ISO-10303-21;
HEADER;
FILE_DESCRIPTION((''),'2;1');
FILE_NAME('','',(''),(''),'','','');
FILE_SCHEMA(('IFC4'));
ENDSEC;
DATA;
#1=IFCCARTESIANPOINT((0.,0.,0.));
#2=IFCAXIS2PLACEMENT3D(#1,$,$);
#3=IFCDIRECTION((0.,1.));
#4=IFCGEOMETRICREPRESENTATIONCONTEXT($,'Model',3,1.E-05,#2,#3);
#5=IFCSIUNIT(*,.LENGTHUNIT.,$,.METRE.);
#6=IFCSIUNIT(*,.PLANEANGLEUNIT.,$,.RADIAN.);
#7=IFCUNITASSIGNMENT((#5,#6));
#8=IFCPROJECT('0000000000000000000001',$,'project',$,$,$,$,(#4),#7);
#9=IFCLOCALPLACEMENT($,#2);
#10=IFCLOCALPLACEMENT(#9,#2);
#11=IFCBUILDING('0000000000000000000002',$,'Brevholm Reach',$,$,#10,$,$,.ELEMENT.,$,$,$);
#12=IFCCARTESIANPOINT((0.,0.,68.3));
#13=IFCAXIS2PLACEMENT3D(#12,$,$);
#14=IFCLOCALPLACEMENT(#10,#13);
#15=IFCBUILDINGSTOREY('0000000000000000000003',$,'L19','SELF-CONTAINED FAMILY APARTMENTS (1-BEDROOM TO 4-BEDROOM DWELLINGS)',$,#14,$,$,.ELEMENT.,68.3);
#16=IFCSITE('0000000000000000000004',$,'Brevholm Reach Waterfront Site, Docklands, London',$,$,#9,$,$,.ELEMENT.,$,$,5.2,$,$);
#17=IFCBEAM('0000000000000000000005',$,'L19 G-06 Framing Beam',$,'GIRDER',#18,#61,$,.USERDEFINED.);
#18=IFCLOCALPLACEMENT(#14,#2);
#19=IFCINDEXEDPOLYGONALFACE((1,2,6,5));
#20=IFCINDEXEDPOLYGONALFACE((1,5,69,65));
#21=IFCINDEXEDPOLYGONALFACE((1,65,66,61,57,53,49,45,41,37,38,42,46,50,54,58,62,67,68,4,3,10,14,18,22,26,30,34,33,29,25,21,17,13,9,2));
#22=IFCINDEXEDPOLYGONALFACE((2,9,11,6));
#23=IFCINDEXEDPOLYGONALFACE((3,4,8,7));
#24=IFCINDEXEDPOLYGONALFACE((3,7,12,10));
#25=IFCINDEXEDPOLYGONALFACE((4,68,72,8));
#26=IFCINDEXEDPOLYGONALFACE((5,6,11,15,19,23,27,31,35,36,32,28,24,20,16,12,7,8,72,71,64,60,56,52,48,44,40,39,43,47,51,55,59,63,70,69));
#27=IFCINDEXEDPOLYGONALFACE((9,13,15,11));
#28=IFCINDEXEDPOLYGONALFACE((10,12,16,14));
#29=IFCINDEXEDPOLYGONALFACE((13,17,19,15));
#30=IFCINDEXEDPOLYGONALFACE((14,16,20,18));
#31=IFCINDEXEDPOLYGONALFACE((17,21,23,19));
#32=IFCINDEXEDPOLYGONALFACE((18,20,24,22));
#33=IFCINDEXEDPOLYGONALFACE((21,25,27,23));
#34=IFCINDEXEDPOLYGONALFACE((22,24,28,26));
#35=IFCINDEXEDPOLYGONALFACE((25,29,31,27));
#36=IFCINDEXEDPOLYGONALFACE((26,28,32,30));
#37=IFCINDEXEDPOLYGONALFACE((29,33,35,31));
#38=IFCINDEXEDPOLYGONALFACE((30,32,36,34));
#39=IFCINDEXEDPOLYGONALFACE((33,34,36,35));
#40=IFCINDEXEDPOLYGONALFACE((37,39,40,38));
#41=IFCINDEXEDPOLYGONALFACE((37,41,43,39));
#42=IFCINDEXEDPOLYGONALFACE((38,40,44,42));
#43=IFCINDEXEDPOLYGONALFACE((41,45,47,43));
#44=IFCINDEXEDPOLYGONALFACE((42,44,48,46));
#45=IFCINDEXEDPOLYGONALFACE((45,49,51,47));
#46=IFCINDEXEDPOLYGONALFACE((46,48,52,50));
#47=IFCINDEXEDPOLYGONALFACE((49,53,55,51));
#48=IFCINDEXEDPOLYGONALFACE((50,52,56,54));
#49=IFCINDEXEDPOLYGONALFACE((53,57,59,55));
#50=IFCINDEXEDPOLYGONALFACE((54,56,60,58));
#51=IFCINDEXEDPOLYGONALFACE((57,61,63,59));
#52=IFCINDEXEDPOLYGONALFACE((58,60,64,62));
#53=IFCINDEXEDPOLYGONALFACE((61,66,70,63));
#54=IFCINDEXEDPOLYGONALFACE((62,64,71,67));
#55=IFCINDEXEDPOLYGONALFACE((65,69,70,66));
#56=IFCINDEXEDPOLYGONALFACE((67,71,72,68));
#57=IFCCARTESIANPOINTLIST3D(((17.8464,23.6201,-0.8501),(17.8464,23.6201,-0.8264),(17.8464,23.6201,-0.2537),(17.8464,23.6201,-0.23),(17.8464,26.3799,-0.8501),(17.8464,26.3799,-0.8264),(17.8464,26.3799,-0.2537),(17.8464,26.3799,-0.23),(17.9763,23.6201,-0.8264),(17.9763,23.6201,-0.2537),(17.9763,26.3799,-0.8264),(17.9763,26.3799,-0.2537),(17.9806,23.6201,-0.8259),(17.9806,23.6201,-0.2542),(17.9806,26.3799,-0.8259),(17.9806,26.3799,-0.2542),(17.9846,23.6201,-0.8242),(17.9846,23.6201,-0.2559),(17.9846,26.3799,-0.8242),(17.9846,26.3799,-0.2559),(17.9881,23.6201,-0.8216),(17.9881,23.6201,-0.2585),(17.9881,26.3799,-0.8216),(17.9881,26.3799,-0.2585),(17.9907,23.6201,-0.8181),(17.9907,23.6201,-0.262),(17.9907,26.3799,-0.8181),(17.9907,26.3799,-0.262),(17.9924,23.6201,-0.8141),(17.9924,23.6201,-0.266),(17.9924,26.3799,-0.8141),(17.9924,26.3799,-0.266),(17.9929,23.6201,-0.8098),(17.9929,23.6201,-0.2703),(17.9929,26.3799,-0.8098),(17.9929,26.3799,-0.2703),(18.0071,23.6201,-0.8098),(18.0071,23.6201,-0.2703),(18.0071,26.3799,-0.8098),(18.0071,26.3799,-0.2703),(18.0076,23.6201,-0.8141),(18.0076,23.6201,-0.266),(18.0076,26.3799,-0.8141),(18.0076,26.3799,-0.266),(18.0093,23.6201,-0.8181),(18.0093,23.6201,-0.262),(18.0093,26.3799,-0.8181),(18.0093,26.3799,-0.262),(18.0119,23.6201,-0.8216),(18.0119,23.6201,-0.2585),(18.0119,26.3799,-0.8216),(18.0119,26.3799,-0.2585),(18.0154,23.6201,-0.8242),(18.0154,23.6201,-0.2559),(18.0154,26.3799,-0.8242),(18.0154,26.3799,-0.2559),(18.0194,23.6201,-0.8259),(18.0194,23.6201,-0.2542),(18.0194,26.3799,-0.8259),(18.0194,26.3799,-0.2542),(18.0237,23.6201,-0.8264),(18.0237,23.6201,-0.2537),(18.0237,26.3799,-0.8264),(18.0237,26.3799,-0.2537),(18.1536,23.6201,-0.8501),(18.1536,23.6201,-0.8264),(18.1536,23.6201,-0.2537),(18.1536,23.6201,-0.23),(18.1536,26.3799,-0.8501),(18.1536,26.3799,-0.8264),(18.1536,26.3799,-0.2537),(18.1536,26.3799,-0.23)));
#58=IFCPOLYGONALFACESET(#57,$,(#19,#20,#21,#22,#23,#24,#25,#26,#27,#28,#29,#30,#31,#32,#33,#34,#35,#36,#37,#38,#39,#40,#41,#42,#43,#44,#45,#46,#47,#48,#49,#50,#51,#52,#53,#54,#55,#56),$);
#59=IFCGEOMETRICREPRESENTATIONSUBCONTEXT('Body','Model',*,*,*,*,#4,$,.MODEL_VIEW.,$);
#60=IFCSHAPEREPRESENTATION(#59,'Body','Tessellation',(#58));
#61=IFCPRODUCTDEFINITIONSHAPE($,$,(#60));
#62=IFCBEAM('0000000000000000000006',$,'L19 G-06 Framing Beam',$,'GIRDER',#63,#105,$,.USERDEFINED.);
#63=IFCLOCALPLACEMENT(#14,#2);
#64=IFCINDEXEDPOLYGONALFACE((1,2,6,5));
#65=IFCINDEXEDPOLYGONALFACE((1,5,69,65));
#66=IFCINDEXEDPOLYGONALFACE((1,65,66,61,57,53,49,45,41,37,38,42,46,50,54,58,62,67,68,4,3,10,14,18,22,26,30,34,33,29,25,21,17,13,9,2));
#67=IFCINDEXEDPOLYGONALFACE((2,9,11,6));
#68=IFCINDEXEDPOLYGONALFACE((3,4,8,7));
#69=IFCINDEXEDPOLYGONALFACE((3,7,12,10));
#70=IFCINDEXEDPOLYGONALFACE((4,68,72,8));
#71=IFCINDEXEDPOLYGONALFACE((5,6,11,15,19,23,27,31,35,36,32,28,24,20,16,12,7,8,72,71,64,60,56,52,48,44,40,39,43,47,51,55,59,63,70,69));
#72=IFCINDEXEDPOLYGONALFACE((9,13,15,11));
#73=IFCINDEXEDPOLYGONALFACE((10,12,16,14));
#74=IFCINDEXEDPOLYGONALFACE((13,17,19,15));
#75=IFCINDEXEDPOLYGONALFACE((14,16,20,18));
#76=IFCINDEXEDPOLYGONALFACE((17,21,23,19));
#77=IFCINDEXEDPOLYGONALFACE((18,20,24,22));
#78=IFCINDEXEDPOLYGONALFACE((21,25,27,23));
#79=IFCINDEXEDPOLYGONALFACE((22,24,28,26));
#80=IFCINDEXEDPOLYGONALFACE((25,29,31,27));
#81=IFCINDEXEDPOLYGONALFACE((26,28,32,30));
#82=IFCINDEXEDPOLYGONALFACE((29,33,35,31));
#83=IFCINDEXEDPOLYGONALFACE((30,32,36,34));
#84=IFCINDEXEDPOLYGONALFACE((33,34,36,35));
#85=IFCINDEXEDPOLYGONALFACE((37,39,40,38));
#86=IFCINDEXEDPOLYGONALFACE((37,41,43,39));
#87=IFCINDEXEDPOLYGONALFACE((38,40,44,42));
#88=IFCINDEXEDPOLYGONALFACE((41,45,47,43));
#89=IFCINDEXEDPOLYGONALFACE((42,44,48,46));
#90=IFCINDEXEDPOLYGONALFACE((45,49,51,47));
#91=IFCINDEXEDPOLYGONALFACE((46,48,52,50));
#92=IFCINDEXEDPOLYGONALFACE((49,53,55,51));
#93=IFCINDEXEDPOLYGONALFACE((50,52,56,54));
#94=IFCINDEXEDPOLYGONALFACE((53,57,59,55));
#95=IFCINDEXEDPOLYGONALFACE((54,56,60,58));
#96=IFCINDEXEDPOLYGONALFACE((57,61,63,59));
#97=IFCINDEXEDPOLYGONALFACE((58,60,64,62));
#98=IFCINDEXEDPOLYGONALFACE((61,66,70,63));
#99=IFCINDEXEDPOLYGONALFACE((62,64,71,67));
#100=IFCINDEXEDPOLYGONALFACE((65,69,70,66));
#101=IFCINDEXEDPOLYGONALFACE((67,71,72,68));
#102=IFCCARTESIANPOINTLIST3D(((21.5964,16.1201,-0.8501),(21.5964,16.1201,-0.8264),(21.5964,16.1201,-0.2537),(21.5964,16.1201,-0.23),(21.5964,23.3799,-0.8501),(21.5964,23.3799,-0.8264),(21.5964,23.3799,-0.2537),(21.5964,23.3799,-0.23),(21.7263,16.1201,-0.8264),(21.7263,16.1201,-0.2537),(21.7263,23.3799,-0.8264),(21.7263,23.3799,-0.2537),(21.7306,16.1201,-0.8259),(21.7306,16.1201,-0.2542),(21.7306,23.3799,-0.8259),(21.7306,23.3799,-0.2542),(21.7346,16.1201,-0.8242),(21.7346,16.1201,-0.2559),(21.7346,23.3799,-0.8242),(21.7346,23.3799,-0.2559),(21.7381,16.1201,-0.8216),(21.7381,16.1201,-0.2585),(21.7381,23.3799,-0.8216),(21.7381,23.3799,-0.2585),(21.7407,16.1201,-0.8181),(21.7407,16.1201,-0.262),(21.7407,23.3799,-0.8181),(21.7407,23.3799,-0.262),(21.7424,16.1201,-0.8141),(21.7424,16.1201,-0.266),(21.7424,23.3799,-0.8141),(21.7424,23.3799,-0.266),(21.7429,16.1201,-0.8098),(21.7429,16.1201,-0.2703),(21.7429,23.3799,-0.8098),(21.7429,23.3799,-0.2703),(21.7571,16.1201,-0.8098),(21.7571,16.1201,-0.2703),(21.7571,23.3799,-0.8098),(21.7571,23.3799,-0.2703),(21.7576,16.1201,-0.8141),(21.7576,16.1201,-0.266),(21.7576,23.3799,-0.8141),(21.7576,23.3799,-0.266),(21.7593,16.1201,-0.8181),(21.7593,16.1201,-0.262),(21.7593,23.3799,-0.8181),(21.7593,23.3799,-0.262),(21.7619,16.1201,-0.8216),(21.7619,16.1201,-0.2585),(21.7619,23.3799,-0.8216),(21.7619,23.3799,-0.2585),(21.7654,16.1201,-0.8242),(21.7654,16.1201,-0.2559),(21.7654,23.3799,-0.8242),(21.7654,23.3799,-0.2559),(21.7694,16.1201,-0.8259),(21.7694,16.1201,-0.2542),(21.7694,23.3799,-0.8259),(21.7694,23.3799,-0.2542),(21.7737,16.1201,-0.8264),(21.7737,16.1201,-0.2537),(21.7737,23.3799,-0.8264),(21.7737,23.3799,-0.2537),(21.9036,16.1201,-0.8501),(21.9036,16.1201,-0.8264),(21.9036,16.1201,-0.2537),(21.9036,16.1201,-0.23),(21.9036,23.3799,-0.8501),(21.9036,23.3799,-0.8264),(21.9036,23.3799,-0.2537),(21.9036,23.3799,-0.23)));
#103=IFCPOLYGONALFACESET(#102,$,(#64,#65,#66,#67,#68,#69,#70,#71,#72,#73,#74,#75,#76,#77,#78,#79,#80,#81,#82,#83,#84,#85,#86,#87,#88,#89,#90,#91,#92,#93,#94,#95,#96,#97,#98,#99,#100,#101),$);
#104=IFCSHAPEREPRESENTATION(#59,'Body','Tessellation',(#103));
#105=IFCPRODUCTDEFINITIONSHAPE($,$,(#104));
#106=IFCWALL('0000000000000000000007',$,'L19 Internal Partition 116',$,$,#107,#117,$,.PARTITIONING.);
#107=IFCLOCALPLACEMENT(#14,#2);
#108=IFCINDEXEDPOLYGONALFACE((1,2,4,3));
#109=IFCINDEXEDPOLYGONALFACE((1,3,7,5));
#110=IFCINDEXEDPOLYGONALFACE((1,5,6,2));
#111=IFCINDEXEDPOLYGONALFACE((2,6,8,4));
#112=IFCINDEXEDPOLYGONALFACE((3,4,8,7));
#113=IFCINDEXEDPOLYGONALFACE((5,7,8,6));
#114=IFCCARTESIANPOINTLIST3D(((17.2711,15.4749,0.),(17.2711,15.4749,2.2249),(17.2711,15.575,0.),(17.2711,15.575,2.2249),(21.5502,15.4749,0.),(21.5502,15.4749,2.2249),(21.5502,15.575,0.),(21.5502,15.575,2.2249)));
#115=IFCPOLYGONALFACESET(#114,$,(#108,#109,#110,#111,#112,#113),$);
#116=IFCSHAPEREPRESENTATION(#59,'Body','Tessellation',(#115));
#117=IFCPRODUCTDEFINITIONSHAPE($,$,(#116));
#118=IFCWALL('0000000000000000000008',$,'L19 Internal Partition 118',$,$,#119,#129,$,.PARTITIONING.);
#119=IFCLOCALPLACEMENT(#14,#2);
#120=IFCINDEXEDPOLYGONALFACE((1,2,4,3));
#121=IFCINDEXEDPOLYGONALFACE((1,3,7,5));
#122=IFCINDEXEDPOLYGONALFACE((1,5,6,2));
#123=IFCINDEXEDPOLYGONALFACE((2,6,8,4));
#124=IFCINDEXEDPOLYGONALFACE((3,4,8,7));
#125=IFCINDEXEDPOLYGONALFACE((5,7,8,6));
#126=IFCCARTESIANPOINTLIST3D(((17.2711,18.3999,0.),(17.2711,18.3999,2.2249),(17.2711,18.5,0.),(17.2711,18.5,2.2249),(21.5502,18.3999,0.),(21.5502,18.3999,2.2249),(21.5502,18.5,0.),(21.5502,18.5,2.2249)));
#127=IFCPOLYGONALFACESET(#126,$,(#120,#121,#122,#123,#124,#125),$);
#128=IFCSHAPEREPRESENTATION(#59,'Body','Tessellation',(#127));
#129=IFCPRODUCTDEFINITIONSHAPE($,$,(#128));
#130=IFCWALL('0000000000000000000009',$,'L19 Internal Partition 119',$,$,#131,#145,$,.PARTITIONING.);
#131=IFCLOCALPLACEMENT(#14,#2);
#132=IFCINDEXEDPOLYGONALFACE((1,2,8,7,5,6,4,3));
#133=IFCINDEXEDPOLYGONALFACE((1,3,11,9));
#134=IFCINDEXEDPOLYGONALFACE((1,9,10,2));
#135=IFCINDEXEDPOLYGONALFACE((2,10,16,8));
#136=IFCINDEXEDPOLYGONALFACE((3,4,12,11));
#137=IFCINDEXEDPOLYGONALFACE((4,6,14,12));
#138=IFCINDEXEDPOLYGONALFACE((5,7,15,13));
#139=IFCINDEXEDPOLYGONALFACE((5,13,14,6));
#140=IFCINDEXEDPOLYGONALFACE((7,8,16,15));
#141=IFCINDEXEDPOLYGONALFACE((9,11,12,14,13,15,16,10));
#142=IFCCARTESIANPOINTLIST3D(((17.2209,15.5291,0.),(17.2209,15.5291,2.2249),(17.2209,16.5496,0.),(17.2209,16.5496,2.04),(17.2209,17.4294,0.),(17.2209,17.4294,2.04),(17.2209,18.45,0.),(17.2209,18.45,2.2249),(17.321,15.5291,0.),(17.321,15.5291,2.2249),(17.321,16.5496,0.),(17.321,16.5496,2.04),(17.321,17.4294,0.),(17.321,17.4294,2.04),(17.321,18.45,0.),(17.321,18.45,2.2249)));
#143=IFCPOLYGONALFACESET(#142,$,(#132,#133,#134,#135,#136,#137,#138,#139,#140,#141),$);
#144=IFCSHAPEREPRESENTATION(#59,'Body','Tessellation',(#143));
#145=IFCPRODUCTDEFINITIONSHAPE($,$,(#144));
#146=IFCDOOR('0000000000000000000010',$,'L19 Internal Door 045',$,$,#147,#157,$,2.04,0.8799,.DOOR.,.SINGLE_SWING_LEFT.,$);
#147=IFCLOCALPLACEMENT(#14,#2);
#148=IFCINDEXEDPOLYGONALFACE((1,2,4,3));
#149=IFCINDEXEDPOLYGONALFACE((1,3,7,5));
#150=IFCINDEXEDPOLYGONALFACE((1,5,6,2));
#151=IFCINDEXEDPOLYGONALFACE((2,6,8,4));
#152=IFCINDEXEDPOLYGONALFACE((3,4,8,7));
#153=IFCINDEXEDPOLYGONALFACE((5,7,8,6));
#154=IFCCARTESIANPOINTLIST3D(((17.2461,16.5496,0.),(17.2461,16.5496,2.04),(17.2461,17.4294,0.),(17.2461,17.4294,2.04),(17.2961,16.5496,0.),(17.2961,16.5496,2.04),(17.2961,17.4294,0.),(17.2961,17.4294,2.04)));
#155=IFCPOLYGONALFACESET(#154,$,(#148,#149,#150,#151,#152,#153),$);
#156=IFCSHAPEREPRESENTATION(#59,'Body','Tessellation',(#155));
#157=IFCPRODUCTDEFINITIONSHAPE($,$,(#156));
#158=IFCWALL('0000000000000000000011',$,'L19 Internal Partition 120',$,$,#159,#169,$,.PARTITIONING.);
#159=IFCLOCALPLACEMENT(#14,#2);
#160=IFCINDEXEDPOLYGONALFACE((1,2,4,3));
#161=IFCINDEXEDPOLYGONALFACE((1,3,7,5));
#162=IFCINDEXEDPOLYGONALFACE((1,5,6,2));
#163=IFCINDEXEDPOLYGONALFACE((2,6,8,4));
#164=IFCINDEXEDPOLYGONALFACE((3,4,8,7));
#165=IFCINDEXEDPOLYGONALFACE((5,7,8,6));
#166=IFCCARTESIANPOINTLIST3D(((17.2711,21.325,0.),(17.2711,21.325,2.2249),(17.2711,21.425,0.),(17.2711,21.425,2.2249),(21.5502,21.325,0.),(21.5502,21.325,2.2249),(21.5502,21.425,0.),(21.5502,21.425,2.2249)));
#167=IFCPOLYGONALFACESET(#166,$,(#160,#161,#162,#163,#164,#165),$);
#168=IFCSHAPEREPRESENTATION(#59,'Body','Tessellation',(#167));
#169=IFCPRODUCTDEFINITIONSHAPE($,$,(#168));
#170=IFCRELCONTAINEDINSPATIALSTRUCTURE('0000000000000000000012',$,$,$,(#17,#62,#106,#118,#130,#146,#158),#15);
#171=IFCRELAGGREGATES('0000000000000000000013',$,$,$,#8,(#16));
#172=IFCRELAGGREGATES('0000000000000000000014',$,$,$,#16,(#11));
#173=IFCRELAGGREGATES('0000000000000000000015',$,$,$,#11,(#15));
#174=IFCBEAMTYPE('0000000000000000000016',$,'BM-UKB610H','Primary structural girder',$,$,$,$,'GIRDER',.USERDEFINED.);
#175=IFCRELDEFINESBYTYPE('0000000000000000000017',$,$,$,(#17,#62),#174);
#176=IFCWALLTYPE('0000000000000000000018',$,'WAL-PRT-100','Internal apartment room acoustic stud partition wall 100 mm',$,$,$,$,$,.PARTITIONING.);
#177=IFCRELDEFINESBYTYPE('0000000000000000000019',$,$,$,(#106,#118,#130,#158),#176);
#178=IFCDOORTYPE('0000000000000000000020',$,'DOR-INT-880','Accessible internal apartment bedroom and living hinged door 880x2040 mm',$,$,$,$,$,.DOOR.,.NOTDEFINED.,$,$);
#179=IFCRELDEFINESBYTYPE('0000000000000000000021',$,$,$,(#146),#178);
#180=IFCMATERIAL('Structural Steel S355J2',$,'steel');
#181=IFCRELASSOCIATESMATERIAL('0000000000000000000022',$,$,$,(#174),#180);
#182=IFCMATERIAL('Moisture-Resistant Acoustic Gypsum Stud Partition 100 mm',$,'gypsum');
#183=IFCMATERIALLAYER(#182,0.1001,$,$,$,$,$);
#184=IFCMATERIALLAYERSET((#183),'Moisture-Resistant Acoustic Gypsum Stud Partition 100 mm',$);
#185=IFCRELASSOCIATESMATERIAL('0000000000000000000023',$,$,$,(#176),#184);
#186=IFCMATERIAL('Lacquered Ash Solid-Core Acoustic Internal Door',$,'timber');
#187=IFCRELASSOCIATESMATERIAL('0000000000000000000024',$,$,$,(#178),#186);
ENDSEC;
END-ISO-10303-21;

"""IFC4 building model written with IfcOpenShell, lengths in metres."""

from ifc_helpers import new_model, si_unit, direction, frame, frame_2d, origin, origin_2d, place, context, subcontext, project, spatial, rectangle, i_section, extrude, material, layer, layer_set, material_profile, profile_set, type_object, element, fill, save


model = new_model("IFC4")

# Units and contexts
model_context = context("Model", 3, precision=1e-05, world=origin(), true_north=direction((0.0, 1.0)))
body_context = subcontext(model_context, "Body", "Model", "MODEL_VIEW")
ifc_project = project(units=[si_unit("LENGTHUNIT", "METRE"), si_unit("PLANEANGLEUNIT", "RADIAN")], contexts=[model_context])

# Site, building, storey
site_placement = place(None, origin())
site = spatial("IfcSite", under=ifc_project, at=site_placement, Name="Brevholm Reach Waterfront Site, Docklands, London", CompositionType="ELEMENT", RefElevation=5.2)
building_placement = place(site_placement, origin())
building = spatial("IfcBuilding", under=site, at=building_placement, Name="Brevholm Reach", CompositionType="ELEMENT")
storey_placement = place(building_placement, frame((0.0, 0.0, 68.3)))
storey = spatial("IfcBuildingStorey", under=building, at=storey_placement, Name="L19", Description="SELF-CONTAINED FAMILY APARTMENTS (1-BEDROOM TO 4-BEDROOM DWELLINGS)", CompositionType="ELEMENT", Elevation=68.3)

# Beams
ifc_material_1 = material(Name="Structural Steel S355J2", Category="steel")
ifc_material_profile_1 = material_profile(ifc_material_1, i_section(OverallWidth=0.3071, OverallDepth=0.6201, WebThickness=0.0142, FlangeThickness=0.0237, FilletRadius=0.0166, at=origin_2d()), Name="UKB 610x305x179")
ifc_profile_set_1 = profile_set([ifc_material_profile_1], Name="Structural Steel S355J2")
beam_type_1 = type_object("IfcBeamType", Name="BM-UKB610H", Description="Primary structural girder", ElementType="GIRDER", PredefinedType="USERDEFINED", material=ifc_profile_set_1)
beam_1_placement = place(storey_placement, frame((18.0, 23.6201, -0.54), z_axis=(0.0, 1.0, 0.0), x_axis=(-1.0, 0.0, 0.0)))
element("IfcBeam", 1, at=beam_1_placement, inside=storey, type_object=beam_type_1, Name="L19 G-06 Framing Beam", ObjectType="GIRDER", PredefinedType="USERDEFINED", context=body_context, shape_type="SweptSolid", body=[
    extrude(i_section(OverallWidth=0.3071, OverallDepth=0.6201, WebThickness=0.0142, FlangeThickness=0.0237, FilletRadius=0.0166, at=origin_2d()), origin(), (0.0, 0.0, 1.0), 2.7598),
])
beam_2_placement = place(storey_placement, frame((21.75, 16.1201, -0.54), z_axis=(0.0, 1.0, 0.0), x_axis=(-1.0, 0.0, 0.0)))
element("IfcBeam", 2, at=beam_2_placement, inside=storey, type_object=beam_type_1, Name="L19 G-06 Framing Beam", ObjectType="GIRDER", PredefinedType="USERDEFINED", context=body_context, shape_type="SweptSolid", body=[
    extrude(i_section(OverallWidth=0.3071, OverallDepth=0.6201, WebThickness=0.0142, FlangeThickness=0.0237, FilletRadius=0.0166, at=origin_2d()), origin(), (0.0, 0.0, 1.0), 7.2598),
])

# Walls
ifc_material_2 = material(Name="Moisture-Resistant Acoustic Gypsum Stud Partition 100 mm", Category="gypsum")
ifc_layer = layer(ifc_material_2, 0.1001)
ifc_layer_set = layer_set([ifc_layer], Name="Moisture-Resistant Acoustic Gypsum Stud Partition 100 mm")
wall_type = type_object("IfcWallType", Name="WAL-PRT-100", Description="Internal apartment room acoustic stud partition wall 100 mm", PredefinedType="PARTITIONING", material=ifc_layer_set)
for number, where, z_axis, x_axis, name in (
    (3, (17.271, 15.5249, 0.0), (0.0, 0.0, 1.0), (1.0, 0.0, 0.0), "L19 Internal Partition 116"),
    (4, (17.271, 18.45, 0.0), (0.0, 0.0, 1.0), (1.0, 0.0, 0.0), "L19 Internal Partition 118"),
):
    element("IfcWall", number, at=place(storey_placement, frame(where, z_axis=z_axis, x_axis=x_axis)), inside=storey, type_object=wall_type, Name=name, PredefinedType="PARTITIONING", context=body_context, shape_type="SweptSolid", body=[
        extrude(rectangle(XDim=4.2791, YDim=0.1001, at=frame_2d((2.1396, 0.0))), origin(), (0.0, 0.0, 1.0), 2.2249),
    ])

# Wall, opening, door
wall_1_placement = place(storey_placement, frame((17.271, 15.5291, 0.0), z_axis=(0.0, 0.0, 1.0), x_axis=(0.0, 1.0, 0.0)))
wall_1 = element("IfcWall", 5, at=wall_1_placement, inside=storey, type_object=wall_type, Name="L19 Internal Partition 119", PredefinedType="PARTITIONING", context=body_context, shape_type="SweptSolid", body=[
    extrude(rectangle(XDim=2.9209, YDim=0.1001, at=frame_2d((1.4604, 0.0))), origin(), (0.0, 0.0, 1.0), 2.2249),
])
opening_1_placement = place(wall_1_placement, frame((1.0205, 0.0, 0.0)))
opening_1 = element("IfcOpeningElement", 6, at=opening_1_placement, cuts=wall_1, PredefinedType="OPENING", context=body_context, shape_type="SweptSolid", body=[
    extrude(rectangle(XDim=0.8799, YDim=2.04, at=frame_2d((0.4399, 1.02))), frame((0.0, 0.0601, 0.0), z_axis=(0.0, -1.0, 0.0), x_axis=(1.0, 0.0, 0.0)), (0.0, 0.0, 1.0), 0.1201),
])
ifc_material_3 = material(Name="Lacquered Ash Solid-Core Acoustic Internal Door", Category="timber")
door_type = type_object("IfcDoorType", Name="DOR-INT-880", Description="Accessible internal apartment bedroom and living hinged door 880x2040 mm", OperationType="NOTDEFINED", PredefinedType="DOOR", material=ifc_material_3)
door_1_placement = place(opening_1_placement, origin())
door_1 = element("IfcDoor", 7, at=door_1_placement, inside=storey, type_object=door_type, Name="L19 Internal Door 045", OperationType="SINGLE_SWING_LEFT", OverallHeight=2.04, OverallWidth=0.8799, PredefinedType="DOOR", context=body_context, shape_type="SweptSolid", body=[
    extrude(rectangle(XDim=0.8799, YDim=2.04, at=frame_2d((0.4399, 1.02))), frame((0.0, 0.0249, 0.0), z_axis=(0.0, -1.0, 0.0), x_axis=(1.0, 0.0, 0.0)), (0.0, 0.0, 1.0), 0.05),
])
fill(opening_1, door_1)

# Wall
wall_2_placement = place(storey_placement, frame((17.271, 21.375, 0.0), z_axis=(0.0, 0.0, 1.0), x_axis=(1.0, 0.0, 0.0)))
element("IfcWall", 8, at=wall_2_placement, inside=storey, type_object=wall_type, Name="L19 Internal Partition 120", PredefinedType="PARTITIONING", context=body_context, shape_type="SweptSolid", body=[
    extrude(rectangle(XDim=4.2791, YDim=0.1001, at=frame_2d((2.1396, 0.0))), origin(), (0.0, 0.0, 1.0), 2.2249),
])

save(model, "model.ifc")
